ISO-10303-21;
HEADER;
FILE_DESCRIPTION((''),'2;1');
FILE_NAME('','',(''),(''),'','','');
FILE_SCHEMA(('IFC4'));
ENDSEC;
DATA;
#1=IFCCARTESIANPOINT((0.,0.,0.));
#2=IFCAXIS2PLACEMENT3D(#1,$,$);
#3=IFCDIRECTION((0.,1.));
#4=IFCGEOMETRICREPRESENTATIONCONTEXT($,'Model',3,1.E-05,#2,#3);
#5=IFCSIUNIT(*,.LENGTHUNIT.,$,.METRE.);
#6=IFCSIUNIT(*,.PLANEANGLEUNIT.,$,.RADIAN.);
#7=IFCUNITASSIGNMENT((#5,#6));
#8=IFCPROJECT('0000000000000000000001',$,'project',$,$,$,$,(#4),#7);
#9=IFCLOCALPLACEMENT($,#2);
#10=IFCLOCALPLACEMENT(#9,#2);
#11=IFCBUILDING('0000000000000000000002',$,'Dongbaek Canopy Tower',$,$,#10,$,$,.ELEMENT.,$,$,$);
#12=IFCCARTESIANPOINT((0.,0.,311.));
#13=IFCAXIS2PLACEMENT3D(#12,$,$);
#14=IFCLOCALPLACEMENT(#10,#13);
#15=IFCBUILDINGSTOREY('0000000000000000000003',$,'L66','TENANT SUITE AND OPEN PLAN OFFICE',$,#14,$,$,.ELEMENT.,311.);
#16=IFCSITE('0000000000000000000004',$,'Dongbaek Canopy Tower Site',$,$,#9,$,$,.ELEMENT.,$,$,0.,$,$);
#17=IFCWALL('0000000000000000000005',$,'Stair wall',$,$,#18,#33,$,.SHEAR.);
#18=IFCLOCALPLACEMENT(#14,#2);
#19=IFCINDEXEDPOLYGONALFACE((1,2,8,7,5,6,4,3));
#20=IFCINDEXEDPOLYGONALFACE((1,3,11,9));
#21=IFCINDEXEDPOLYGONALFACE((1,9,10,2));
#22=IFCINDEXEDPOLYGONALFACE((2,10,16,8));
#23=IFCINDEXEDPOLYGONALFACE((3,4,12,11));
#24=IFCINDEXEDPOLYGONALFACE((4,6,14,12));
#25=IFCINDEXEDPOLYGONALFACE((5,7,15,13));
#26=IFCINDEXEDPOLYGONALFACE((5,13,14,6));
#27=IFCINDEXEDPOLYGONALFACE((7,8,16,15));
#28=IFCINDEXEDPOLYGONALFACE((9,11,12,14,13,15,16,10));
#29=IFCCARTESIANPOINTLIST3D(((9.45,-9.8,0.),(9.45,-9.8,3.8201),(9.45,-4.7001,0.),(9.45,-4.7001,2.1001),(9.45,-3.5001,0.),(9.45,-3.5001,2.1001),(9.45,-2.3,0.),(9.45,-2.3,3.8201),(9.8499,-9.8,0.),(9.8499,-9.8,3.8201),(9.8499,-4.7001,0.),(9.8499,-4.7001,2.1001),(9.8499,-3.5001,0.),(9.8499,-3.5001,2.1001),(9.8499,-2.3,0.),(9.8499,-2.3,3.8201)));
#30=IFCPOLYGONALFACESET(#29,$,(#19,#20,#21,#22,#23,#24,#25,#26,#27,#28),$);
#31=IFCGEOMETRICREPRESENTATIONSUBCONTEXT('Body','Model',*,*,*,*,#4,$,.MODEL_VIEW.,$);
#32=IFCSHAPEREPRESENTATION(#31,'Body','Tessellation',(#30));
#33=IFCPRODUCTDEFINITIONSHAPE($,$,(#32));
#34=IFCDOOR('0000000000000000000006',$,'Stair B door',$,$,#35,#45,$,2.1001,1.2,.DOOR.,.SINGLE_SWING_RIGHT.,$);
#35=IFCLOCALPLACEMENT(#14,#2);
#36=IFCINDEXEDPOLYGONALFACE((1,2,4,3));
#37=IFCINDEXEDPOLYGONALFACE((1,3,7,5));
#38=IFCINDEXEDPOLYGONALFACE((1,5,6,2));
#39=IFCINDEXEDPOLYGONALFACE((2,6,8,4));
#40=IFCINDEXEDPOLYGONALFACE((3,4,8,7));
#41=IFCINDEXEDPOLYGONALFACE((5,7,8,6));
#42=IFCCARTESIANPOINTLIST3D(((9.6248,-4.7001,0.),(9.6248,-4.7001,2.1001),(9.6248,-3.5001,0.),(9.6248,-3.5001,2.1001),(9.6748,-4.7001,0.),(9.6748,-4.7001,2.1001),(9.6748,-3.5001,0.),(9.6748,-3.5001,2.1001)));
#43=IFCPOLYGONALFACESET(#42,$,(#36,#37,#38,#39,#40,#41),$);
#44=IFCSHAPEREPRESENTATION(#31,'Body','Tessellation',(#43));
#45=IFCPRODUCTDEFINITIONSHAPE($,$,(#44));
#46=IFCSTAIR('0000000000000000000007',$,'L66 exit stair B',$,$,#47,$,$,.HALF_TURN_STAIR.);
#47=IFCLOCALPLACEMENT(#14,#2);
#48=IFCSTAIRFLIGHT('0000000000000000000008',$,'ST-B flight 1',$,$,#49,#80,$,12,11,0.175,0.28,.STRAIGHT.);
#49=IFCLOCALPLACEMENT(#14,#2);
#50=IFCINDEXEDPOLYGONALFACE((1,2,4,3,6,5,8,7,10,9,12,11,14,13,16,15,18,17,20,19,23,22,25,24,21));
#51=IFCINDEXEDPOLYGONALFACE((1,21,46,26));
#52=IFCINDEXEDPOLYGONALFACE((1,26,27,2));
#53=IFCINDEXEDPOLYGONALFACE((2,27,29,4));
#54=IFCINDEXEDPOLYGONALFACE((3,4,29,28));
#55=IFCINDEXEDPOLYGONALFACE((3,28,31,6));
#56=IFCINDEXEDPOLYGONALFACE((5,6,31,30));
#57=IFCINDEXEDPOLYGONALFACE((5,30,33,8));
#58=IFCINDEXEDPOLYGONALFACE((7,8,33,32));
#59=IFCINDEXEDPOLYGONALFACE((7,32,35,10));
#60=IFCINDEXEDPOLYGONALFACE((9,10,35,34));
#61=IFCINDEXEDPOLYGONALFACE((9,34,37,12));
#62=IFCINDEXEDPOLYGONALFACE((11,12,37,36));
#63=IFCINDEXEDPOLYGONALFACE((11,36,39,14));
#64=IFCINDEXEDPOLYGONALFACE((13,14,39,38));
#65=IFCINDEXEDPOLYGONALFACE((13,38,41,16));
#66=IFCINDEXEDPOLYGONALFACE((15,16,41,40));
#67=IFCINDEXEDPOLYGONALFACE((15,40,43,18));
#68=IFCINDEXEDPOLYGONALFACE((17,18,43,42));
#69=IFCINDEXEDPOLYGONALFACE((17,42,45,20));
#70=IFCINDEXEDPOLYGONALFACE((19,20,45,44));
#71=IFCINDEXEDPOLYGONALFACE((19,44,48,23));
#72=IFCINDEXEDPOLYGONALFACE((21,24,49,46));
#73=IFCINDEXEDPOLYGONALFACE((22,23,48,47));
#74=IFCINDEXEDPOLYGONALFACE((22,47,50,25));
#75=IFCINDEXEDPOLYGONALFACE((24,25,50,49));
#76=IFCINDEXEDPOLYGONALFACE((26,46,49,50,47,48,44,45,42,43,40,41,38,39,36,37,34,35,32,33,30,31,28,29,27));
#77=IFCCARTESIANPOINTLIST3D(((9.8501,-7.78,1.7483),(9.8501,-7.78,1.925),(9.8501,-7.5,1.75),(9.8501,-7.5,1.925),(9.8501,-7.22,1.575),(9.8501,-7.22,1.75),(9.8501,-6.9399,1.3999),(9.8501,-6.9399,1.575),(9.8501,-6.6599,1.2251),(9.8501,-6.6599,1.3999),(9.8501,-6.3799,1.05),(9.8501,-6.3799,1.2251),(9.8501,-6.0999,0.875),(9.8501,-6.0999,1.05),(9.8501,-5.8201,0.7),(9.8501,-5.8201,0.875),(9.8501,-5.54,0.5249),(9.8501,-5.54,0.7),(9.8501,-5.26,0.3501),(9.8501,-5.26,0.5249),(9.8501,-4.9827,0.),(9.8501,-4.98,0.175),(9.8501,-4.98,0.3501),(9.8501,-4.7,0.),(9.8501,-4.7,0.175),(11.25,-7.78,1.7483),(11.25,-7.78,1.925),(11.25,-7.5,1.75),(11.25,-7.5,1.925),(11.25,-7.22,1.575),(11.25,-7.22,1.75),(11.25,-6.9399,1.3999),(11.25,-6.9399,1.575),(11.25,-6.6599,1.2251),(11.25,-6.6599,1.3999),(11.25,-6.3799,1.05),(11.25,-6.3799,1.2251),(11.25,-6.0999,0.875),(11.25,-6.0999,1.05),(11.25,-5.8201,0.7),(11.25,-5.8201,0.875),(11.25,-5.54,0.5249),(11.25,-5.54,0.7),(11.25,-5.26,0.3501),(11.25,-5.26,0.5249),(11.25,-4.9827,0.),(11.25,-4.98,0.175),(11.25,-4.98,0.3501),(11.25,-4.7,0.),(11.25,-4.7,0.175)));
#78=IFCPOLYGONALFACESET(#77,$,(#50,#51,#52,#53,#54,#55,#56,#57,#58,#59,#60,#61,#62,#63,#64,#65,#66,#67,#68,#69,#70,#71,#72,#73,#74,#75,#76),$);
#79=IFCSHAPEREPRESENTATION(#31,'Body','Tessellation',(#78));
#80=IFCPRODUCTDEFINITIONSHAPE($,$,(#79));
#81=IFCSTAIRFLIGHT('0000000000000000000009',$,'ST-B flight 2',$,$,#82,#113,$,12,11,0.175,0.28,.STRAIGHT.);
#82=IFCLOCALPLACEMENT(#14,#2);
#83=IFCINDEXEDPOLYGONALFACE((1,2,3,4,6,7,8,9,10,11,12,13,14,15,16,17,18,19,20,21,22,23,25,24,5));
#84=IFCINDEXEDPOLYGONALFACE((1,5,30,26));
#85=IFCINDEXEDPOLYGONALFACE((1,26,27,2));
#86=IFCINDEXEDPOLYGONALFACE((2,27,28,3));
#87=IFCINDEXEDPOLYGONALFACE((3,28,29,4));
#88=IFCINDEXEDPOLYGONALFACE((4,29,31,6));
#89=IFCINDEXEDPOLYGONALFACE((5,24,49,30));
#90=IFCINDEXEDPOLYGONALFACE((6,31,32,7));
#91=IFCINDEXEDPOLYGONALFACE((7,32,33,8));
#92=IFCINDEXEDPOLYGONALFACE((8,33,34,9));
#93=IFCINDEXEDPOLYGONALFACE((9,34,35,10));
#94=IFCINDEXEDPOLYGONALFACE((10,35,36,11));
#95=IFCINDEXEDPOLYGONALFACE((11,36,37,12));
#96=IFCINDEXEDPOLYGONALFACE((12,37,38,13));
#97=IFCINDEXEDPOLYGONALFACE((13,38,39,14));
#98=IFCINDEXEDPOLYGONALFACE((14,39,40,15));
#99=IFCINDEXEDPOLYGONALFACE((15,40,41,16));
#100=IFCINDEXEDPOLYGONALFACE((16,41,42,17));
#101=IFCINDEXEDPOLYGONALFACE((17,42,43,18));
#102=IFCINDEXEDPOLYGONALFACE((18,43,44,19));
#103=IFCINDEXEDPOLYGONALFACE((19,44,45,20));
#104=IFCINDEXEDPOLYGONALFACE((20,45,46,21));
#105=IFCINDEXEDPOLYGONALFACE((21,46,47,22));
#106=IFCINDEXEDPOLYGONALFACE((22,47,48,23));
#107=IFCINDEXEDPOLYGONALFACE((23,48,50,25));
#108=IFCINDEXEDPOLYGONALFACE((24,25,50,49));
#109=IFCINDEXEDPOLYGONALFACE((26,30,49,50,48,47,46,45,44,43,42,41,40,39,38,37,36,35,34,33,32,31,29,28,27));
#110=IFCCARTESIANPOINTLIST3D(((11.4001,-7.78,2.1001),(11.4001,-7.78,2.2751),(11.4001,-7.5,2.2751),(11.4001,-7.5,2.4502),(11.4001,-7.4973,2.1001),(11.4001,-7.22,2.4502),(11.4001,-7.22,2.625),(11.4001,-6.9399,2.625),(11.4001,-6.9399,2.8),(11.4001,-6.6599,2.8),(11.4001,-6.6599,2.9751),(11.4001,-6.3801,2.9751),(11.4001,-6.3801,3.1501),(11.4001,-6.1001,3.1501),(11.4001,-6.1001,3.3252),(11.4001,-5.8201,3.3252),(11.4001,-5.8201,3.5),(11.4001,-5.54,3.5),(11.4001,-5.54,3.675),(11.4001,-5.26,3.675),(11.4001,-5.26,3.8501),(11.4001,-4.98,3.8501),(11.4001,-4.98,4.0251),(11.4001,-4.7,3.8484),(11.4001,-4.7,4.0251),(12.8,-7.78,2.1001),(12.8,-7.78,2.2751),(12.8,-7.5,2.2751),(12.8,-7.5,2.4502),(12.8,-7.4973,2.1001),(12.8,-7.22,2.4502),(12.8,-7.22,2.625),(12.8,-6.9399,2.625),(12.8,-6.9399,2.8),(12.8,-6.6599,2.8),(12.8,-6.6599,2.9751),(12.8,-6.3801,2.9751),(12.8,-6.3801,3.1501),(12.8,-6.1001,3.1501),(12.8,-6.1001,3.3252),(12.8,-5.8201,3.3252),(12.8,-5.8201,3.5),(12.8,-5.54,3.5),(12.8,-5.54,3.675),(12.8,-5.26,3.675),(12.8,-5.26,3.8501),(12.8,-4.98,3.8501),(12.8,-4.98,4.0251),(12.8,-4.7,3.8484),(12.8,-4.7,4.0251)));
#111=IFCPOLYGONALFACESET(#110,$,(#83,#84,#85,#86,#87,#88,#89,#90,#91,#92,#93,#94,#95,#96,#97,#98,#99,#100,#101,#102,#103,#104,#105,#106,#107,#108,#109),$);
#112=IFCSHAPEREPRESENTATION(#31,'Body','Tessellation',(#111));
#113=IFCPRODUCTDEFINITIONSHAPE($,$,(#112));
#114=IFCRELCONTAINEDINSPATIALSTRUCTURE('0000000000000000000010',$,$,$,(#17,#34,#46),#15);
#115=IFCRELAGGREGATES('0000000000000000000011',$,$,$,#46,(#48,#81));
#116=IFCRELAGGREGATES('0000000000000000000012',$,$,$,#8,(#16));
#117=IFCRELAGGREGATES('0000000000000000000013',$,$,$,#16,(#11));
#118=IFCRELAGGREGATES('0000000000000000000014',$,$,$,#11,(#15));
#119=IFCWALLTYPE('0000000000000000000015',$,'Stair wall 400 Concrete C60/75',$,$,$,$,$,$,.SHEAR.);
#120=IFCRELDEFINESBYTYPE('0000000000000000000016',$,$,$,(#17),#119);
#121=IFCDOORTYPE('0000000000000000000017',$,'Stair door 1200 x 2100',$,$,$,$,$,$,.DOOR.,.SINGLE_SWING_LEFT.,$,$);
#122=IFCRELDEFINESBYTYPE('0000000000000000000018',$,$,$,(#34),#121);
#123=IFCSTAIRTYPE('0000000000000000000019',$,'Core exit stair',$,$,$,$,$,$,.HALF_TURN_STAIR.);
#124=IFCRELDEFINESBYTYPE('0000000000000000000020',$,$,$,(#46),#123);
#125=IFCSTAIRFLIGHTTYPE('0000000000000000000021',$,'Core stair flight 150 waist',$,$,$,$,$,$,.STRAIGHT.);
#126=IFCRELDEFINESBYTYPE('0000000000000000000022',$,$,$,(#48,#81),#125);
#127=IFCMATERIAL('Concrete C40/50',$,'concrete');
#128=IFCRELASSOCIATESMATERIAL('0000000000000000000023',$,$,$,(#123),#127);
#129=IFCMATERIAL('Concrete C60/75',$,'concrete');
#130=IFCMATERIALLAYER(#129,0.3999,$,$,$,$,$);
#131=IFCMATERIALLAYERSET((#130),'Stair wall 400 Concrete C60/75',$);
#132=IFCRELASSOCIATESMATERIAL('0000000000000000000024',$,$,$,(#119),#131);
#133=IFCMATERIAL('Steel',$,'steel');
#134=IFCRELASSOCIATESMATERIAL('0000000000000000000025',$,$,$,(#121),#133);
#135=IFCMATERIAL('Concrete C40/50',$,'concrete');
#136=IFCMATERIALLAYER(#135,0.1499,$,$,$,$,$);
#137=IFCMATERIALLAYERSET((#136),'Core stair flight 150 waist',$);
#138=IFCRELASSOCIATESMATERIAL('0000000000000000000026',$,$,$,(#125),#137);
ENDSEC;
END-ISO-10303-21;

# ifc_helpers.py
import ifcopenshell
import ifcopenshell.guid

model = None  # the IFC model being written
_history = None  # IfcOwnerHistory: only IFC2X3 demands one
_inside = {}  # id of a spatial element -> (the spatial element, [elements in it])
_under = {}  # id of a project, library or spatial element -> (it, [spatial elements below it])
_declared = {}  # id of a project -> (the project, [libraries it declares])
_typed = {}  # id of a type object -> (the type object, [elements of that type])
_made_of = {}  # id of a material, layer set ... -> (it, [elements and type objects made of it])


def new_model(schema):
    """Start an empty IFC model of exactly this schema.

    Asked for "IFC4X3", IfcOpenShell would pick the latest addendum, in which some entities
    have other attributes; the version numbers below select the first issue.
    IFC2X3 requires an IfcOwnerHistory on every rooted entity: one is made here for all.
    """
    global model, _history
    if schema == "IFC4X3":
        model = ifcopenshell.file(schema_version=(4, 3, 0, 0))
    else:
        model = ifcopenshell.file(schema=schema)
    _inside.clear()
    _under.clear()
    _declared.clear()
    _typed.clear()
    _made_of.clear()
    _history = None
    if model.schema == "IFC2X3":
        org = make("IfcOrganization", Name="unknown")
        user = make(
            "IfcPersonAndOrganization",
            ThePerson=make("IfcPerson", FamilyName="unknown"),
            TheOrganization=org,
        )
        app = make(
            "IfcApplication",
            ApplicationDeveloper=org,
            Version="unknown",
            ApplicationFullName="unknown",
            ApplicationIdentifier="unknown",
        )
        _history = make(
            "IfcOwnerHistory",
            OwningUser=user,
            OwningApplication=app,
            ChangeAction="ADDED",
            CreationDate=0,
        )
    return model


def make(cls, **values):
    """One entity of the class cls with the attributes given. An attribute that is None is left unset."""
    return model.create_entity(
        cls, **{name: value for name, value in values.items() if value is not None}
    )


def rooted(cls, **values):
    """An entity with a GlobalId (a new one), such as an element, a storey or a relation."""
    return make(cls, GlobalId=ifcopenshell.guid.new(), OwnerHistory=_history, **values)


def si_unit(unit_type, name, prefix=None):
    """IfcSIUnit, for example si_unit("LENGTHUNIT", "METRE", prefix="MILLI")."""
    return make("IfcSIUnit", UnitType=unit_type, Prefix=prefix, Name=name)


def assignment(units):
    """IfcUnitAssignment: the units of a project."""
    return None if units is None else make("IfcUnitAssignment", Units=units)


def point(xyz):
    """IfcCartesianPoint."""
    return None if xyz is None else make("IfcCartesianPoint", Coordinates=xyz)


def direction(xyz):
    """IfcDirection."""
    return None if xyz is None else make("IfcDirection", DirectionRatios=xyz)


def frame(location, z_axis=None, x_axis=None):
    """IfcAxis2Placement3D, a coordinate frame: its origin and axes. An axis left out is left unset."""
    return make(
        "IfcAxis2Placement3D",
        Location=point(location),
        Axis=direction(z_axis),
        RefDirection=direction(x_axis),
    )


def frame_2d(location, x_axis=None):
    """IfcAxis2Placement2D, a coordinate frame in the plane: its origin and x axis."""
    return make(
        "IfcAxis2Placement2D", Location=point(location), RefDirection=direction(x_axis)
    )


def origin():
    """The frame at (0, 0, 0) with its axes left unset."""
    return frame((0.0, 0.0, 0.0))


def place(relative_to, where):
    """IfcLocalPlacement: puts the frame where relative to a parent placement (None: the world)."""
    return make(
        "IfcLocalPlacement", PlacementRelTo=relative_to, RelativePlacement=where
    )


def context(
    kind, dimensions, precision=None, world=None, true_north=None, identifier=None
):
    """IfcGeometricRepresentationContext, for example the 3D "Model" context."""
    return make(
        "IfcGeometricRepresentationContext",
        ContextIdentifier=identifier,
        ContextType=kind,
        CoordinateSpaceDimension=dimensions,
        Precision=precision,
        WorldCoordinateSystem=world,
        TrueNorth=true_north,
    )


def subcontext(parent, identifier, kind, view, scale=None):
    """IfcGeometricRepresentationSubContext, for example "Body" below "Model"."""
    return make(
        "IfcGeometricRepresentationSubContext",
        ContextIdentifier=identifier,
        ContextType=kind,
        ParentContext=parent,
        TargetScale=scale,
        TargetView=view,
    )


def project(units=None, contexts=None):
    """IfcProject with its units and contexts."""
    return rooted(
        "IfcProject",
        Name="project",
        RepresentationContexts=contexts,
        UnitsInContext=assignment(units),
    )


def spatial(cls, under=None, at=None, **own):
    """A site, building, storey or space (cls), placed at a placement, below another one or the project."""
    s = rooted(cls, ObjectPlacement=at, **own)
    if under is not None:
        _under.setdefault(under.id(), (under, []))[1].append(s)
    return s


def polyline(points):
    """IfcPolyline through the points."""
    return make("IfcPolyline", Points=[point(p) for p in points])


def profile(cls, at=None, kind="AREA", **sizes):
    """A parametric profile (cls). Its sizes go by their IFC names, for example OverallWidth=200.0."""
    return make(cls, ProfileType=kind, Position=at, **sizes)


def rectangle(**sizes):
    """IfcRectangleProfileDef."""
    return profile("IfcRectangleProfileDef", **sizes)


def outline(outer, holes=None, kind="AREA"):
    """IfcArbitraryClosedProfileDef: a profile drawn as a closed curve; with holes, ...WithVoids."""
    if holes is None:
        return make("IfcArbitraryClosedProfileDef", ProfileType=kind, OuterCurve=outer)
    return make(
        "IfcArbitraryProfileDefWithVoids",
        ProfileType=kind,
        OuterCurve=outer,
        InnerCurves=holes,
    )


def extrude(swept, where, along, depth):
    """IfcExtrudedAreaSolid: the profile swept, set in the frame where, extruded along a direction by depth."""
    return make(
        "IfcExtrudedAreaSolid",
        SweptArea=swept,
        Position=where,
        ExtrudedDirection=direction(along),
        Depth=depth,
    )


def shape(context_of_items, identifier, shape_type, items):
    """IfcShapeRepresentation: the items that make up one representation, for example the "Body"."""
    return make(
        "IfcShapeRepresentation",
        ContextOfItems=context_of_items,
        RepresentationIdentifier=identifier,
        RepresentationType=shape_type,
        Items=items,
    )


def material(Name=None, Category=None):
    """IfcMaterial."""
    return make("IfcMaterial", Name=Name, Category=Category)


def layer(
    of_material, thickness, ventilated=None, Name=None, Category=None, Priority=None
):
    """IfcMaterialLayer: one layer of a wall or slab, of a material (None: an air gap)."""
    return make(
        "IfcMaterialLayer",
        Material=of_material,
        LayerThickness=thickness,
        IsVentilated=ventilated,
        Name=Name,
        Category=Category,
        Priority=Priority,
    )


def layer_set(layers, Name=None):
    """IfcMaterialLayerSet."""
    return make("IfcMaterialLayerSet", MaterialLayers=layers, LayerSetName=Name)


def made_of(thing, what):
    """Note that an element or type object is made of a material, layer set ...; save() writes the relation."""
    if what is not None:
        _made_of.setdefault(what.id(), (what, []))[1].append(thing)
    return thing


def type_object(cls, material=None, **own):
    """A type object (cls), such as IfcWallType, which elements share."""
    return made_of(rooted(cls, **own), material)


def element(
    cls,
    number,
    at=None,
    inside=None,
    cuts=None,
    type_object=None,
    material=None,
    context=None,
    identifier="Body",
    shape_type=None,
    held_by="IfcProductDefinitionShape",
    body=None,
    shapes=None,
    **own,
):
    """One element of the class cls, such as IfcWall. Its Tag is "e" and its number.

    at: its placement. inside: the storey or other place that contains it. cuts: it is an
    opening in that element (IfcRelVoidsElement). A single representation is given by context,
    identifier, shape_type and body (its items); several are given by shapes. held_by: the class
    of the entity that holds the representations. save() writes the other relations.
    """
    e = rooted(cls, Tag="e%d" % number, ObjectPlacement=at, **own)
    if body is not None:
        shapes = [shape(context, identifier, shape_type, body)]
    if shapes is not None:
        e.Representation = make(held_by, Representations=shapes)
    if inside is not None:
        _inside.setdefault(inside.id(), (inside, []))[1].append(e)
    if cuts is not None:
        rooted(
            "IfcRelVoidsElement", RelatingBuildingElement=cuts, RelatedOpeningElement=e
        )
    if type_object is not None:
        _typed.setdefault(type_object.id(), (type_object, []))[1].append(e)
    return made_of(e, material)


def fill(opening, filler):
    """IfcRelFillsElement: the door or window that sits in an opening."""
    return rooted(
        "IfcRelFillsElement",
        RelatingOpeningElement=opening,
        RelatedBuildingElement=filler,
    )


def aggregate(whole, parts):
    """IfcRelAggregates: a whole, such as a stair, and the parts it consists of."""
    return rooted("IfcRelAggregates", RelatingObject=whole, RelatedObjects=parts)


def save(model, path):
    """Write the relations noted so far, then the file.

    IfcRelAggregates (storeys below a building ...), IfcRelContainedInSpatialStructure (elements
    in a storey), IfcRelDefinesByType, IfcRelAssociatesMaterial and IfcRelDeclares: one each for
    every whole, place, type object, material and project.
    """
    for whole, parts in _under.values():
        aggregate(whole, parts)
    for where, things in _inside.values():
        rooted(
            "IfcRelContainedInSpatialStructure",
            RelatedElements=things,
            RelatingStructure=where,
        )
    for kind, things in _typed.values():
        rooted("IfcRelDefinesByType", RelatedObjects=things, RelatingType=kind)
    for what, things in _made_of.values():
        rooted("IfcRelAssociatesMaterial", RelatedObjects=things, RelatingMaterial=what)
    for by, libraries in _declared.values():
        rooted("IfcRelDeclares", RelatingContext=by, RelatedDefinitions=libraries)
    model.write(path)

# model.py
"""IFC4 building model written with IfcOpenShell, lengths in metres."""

from ifc_helpers import new_model, si_unit, direction, frame, frame_2d, origin, place, context, subcontext, project, spatial, polyline, rectangle, outline, extrude, material, layer, layer_set, type_object, element, fill, aggregate, save


model = new_model("IFC4")

# Units and contexts
model_context = context("Model", 3, precision=1e-05, world=origin(), true_north=direction((0.0, 1.0)))
body_context = subcontext(model_context, "Body", "Model", "MODEL_VIEW")
ifc_project = project(units=[si_unit("LENGTHUNIT", "METRE"), si_unit("PLANEANGLEUNIT", "RADIAN")], contexts=[model_context])

# Site, building, storey
site_placement = place(None, origin())
site = spatial("IfcSite", under=ifc_project, at=site_placement, Name="Dongbaek Canopy Tower Site", CompositionType="ELEMENT", RefElevation=0.0)
building_placement = place(site_placement, origin())
building = spatial("IfcBuilding", under=site, at=building_placement, Name="Dongbaek Canopy Tower", CompositionType="ELEMENT")
storey_placement = place(building_placement, frame((0.0, 0.0, 311.0)))
storey = spatial("IfcBuildingStorey", under=building, at=storey_placement, Name="L66", Description="TENANT SUITE AND OPEN PLAN OFFICE", CompositionType="ELEMENT", Elevation=311.0)

# Shared definitions
ifc_material_1 = material(Name="Concrete C40/50", Category="concrete")
stair_type = type_object("IfcStairType", Name="Core exit stair", PredefinedType="HALF_TURN_STAIR", material=ifc_material_1)

# Wall, opening, door
ifc_material_2 = material(Name="Concrete C60/75", Category="concrete")
ifc_layer_1 = layer(ifc_material_2, 0.3999)
ifc_layer_set_1 = layer_set([ifc_layer_1], Name="Stair wall 400 Concrete C60/75")
wall_type_1 = type_object("IfcWallType", Name="Stair wall 400 Concrete C60/75", PredefinedType="SHEAR", material=ifc_layer_set_1)
wall_1_placement = place(storey_placement, frame((9.6499, -2.3, 0.0), z_axis=(0.0, 0.0, 1.0), x_axis=(0.0, -1.0, 0.0)))
wall_1 = element("IfcWall", 1, at=wall_1_placement, inside=storey, type_object=wall_type_1, Name="Stair wall", PredefinedType="SHEAR", context=body_context, shape_type="SweptSolid", body=[
    extrude(rectangle(XDim=7.5, YDim=0.3999, at=frame_2d((3.75, 0.0))), origin(), (0.0, 0.0, 1.0), 3.8201),
])
opening_1_placement = place(wall_1_placement, frame((1.2, 0.0, 0.0)))
opening_1 = element("IfcOpeningElement", 2, at=opening_1_placement, cuts=wall_1, PredefinedType="OPENING", context=body_context, shape_type="SweptSolid", body=[
    extrude(rectangle(XDim=1.2, YDim=2.1001, at=frame_2d((0.6001, 1.05))), frame((0.0, 0.21, 0.0), z_axis=(0.0, -1.0, 0.0), x_axis=(1.0, 0.0, 0.0)), (0.0, 0.0, 1.0), 0.4199),
])
ifc_material_3 = material(Name="Steel", Category="steel")
door_type_1 = type_object("IfcDoorType", Name="Stair door 1200 x 2100", OperationType="SINGLE_SWING_LEFT", PredefinedType="DOOR", material=ifc_material_3)
door_1_placement = place(opening_1_placement, origin())
door_1 = element("IfcDoor", 3, at=door_1_placement, inside=storey, type_object=door_type_1, Name="Stair B door", OperationType="SINGLE_SWING_RIGHT", OverallHeight=2.1001, OverallWidth=1.2, PredefinedType="DOOR", context=body_context, shape_type="SweptSolid", body=[
    extrude(rectangle(XDim=1.2, YDim=2.1001, at=frame_2d((0.6001, 1.05))), frame((0.0, 0.0249, 0.0), z_axis=(0.0, -1.0, 0.0), x_axis=(1.0, 0.0, 0.0)), (0.0, 0.0, 1.0), 0.05),
])
fill(opening_1, door_1)

# Stair, stair flights
stair_1_placement = place(storey_placement, origin())
stair_1 = element("IfcStair", 4, at=stair_1_placement, inside=storey, type_object=stair_type, Name="L66 exit stair B", PredefinedType="HALF_TURN_STAIR")
ifc_material_4 = material(Name="Concrete C40/50", Category="concrete")
ifc_layer_2 = layer(ifc_material_4, 0.1499)
ifc_layer_set_2 = layer_set([ifc_layer_2], Name="Core stair flight 150 waist")
stair_flight_type = type_object("IfcStairFlightType", Name="Core stair flight 150 waist", PredefinedType="STRAIGHT", material=ifc_layer_set_2)
stair_flight_1_placement = place(storey_placement, frame((10.55, -4.7, 0.0), z_axis=(0.0, 0.0, 1.0), x_axis=(0.0, -1.0, 0.0)))
stair_flight_1 = element("IfcStairFlight", 5, at=stair_flight_1_placement, type_object=stair_flight_type, Name="ST-B flight 1", NumberOfRisers=12, NumberOfTreads=11, PredefinedType="STRAIGHT", RiserHeight=0.175, TreadLength=0.28, context=body_context, shape_type="SweptSolid", body=[
    extrude(outline(polyline([(0.0, 0.0), (0.0, 0.175), (0.28, 0.175), (0.28, 0.3501), (0.5601, 0.3501), (0.5601, 0.5249), (0.8401, 0.5249), (0.8401, 0.7), (1.1201, 0.7), (1.1201, 0.875), (1.3999, 0.875), (1.3999, 1.05), (1.6799, 1.05), (1.6799, 1.2251), (1.96, 1.2251), (1.96, 1.3999), (2.24, 1.3999), (2.24, 1.575), (2.52, 1.575), (2.52, 1.75), (2.8, 1.75), (2.8, 1.925), (3.0801, 1.925), (3.0801, 2.1001), (3.0801, 1.7483), (0.2827, 0.0), (0.0, 0.0)])), frame((0.0, 0.7, 0.0), z_axis=(0.0, -1.0, 0.0), x_axis=(1.0, 0.0, 0.0)), (0.0, 0.0, 1.0), 1.3999),
])
stair_flight_2_placement = place(storey_placement, frame((12.1001, -7.78, 2.1001), z_axis=(0.0, 0.0, 1.0), x_axis=(0.0, 1.0, 0.0)))
stair_flight_2 = element("IfcStairFlight", 6, at=stair_flight_2_placement, type_object=stair_flight_type, Name="ST-B flight 2", NumberOfRisers=12, NumberOfTreads=11, PredefinedType="STRAIGHT", RiserHeight=0.175, TreadLength=0.28, context=body_context, shape_type="SweptSolid", body=[
    extrude(outline(polyline([(0.0, 0.0), (0.0, 0.175), (0.28, 0.175), (0.28, 0.3501), (0.5601, 0.3501), (0.5601, 0.5249), (0.8401, 0.5249), (0.8401, 0.7), (1.1201, 0.7), (1.1201, 0.875), (1.3999, 0.875), (1.3999, 1.05), (1.6799, 1.05), (1.6799, 1.2251), (1.96, 1.2251), (1.96, 1.3999), (2.24, 1.3999), (2.24, 1.575), (2.52, 1.575), (2.52, 1.75), (2.8, 1.75), (2.8, 1.925), (3.0801, 1.925), (3.0801, 2.1001), (3.0801, 1.7483), (0.2827, 0.0), (0.0, 0.0)])), frame((0.0, 0.7, 0.0), z_axis=(0.0, -1.0, 0.0), x_axis=(1.0, 0.0, 0.0)), (0.0, 0.0, 1.0), 1.3999),
])
aggregate(stair_1, [stair_flight_1, stair_flight_2])

save(model, "model.ifc")
